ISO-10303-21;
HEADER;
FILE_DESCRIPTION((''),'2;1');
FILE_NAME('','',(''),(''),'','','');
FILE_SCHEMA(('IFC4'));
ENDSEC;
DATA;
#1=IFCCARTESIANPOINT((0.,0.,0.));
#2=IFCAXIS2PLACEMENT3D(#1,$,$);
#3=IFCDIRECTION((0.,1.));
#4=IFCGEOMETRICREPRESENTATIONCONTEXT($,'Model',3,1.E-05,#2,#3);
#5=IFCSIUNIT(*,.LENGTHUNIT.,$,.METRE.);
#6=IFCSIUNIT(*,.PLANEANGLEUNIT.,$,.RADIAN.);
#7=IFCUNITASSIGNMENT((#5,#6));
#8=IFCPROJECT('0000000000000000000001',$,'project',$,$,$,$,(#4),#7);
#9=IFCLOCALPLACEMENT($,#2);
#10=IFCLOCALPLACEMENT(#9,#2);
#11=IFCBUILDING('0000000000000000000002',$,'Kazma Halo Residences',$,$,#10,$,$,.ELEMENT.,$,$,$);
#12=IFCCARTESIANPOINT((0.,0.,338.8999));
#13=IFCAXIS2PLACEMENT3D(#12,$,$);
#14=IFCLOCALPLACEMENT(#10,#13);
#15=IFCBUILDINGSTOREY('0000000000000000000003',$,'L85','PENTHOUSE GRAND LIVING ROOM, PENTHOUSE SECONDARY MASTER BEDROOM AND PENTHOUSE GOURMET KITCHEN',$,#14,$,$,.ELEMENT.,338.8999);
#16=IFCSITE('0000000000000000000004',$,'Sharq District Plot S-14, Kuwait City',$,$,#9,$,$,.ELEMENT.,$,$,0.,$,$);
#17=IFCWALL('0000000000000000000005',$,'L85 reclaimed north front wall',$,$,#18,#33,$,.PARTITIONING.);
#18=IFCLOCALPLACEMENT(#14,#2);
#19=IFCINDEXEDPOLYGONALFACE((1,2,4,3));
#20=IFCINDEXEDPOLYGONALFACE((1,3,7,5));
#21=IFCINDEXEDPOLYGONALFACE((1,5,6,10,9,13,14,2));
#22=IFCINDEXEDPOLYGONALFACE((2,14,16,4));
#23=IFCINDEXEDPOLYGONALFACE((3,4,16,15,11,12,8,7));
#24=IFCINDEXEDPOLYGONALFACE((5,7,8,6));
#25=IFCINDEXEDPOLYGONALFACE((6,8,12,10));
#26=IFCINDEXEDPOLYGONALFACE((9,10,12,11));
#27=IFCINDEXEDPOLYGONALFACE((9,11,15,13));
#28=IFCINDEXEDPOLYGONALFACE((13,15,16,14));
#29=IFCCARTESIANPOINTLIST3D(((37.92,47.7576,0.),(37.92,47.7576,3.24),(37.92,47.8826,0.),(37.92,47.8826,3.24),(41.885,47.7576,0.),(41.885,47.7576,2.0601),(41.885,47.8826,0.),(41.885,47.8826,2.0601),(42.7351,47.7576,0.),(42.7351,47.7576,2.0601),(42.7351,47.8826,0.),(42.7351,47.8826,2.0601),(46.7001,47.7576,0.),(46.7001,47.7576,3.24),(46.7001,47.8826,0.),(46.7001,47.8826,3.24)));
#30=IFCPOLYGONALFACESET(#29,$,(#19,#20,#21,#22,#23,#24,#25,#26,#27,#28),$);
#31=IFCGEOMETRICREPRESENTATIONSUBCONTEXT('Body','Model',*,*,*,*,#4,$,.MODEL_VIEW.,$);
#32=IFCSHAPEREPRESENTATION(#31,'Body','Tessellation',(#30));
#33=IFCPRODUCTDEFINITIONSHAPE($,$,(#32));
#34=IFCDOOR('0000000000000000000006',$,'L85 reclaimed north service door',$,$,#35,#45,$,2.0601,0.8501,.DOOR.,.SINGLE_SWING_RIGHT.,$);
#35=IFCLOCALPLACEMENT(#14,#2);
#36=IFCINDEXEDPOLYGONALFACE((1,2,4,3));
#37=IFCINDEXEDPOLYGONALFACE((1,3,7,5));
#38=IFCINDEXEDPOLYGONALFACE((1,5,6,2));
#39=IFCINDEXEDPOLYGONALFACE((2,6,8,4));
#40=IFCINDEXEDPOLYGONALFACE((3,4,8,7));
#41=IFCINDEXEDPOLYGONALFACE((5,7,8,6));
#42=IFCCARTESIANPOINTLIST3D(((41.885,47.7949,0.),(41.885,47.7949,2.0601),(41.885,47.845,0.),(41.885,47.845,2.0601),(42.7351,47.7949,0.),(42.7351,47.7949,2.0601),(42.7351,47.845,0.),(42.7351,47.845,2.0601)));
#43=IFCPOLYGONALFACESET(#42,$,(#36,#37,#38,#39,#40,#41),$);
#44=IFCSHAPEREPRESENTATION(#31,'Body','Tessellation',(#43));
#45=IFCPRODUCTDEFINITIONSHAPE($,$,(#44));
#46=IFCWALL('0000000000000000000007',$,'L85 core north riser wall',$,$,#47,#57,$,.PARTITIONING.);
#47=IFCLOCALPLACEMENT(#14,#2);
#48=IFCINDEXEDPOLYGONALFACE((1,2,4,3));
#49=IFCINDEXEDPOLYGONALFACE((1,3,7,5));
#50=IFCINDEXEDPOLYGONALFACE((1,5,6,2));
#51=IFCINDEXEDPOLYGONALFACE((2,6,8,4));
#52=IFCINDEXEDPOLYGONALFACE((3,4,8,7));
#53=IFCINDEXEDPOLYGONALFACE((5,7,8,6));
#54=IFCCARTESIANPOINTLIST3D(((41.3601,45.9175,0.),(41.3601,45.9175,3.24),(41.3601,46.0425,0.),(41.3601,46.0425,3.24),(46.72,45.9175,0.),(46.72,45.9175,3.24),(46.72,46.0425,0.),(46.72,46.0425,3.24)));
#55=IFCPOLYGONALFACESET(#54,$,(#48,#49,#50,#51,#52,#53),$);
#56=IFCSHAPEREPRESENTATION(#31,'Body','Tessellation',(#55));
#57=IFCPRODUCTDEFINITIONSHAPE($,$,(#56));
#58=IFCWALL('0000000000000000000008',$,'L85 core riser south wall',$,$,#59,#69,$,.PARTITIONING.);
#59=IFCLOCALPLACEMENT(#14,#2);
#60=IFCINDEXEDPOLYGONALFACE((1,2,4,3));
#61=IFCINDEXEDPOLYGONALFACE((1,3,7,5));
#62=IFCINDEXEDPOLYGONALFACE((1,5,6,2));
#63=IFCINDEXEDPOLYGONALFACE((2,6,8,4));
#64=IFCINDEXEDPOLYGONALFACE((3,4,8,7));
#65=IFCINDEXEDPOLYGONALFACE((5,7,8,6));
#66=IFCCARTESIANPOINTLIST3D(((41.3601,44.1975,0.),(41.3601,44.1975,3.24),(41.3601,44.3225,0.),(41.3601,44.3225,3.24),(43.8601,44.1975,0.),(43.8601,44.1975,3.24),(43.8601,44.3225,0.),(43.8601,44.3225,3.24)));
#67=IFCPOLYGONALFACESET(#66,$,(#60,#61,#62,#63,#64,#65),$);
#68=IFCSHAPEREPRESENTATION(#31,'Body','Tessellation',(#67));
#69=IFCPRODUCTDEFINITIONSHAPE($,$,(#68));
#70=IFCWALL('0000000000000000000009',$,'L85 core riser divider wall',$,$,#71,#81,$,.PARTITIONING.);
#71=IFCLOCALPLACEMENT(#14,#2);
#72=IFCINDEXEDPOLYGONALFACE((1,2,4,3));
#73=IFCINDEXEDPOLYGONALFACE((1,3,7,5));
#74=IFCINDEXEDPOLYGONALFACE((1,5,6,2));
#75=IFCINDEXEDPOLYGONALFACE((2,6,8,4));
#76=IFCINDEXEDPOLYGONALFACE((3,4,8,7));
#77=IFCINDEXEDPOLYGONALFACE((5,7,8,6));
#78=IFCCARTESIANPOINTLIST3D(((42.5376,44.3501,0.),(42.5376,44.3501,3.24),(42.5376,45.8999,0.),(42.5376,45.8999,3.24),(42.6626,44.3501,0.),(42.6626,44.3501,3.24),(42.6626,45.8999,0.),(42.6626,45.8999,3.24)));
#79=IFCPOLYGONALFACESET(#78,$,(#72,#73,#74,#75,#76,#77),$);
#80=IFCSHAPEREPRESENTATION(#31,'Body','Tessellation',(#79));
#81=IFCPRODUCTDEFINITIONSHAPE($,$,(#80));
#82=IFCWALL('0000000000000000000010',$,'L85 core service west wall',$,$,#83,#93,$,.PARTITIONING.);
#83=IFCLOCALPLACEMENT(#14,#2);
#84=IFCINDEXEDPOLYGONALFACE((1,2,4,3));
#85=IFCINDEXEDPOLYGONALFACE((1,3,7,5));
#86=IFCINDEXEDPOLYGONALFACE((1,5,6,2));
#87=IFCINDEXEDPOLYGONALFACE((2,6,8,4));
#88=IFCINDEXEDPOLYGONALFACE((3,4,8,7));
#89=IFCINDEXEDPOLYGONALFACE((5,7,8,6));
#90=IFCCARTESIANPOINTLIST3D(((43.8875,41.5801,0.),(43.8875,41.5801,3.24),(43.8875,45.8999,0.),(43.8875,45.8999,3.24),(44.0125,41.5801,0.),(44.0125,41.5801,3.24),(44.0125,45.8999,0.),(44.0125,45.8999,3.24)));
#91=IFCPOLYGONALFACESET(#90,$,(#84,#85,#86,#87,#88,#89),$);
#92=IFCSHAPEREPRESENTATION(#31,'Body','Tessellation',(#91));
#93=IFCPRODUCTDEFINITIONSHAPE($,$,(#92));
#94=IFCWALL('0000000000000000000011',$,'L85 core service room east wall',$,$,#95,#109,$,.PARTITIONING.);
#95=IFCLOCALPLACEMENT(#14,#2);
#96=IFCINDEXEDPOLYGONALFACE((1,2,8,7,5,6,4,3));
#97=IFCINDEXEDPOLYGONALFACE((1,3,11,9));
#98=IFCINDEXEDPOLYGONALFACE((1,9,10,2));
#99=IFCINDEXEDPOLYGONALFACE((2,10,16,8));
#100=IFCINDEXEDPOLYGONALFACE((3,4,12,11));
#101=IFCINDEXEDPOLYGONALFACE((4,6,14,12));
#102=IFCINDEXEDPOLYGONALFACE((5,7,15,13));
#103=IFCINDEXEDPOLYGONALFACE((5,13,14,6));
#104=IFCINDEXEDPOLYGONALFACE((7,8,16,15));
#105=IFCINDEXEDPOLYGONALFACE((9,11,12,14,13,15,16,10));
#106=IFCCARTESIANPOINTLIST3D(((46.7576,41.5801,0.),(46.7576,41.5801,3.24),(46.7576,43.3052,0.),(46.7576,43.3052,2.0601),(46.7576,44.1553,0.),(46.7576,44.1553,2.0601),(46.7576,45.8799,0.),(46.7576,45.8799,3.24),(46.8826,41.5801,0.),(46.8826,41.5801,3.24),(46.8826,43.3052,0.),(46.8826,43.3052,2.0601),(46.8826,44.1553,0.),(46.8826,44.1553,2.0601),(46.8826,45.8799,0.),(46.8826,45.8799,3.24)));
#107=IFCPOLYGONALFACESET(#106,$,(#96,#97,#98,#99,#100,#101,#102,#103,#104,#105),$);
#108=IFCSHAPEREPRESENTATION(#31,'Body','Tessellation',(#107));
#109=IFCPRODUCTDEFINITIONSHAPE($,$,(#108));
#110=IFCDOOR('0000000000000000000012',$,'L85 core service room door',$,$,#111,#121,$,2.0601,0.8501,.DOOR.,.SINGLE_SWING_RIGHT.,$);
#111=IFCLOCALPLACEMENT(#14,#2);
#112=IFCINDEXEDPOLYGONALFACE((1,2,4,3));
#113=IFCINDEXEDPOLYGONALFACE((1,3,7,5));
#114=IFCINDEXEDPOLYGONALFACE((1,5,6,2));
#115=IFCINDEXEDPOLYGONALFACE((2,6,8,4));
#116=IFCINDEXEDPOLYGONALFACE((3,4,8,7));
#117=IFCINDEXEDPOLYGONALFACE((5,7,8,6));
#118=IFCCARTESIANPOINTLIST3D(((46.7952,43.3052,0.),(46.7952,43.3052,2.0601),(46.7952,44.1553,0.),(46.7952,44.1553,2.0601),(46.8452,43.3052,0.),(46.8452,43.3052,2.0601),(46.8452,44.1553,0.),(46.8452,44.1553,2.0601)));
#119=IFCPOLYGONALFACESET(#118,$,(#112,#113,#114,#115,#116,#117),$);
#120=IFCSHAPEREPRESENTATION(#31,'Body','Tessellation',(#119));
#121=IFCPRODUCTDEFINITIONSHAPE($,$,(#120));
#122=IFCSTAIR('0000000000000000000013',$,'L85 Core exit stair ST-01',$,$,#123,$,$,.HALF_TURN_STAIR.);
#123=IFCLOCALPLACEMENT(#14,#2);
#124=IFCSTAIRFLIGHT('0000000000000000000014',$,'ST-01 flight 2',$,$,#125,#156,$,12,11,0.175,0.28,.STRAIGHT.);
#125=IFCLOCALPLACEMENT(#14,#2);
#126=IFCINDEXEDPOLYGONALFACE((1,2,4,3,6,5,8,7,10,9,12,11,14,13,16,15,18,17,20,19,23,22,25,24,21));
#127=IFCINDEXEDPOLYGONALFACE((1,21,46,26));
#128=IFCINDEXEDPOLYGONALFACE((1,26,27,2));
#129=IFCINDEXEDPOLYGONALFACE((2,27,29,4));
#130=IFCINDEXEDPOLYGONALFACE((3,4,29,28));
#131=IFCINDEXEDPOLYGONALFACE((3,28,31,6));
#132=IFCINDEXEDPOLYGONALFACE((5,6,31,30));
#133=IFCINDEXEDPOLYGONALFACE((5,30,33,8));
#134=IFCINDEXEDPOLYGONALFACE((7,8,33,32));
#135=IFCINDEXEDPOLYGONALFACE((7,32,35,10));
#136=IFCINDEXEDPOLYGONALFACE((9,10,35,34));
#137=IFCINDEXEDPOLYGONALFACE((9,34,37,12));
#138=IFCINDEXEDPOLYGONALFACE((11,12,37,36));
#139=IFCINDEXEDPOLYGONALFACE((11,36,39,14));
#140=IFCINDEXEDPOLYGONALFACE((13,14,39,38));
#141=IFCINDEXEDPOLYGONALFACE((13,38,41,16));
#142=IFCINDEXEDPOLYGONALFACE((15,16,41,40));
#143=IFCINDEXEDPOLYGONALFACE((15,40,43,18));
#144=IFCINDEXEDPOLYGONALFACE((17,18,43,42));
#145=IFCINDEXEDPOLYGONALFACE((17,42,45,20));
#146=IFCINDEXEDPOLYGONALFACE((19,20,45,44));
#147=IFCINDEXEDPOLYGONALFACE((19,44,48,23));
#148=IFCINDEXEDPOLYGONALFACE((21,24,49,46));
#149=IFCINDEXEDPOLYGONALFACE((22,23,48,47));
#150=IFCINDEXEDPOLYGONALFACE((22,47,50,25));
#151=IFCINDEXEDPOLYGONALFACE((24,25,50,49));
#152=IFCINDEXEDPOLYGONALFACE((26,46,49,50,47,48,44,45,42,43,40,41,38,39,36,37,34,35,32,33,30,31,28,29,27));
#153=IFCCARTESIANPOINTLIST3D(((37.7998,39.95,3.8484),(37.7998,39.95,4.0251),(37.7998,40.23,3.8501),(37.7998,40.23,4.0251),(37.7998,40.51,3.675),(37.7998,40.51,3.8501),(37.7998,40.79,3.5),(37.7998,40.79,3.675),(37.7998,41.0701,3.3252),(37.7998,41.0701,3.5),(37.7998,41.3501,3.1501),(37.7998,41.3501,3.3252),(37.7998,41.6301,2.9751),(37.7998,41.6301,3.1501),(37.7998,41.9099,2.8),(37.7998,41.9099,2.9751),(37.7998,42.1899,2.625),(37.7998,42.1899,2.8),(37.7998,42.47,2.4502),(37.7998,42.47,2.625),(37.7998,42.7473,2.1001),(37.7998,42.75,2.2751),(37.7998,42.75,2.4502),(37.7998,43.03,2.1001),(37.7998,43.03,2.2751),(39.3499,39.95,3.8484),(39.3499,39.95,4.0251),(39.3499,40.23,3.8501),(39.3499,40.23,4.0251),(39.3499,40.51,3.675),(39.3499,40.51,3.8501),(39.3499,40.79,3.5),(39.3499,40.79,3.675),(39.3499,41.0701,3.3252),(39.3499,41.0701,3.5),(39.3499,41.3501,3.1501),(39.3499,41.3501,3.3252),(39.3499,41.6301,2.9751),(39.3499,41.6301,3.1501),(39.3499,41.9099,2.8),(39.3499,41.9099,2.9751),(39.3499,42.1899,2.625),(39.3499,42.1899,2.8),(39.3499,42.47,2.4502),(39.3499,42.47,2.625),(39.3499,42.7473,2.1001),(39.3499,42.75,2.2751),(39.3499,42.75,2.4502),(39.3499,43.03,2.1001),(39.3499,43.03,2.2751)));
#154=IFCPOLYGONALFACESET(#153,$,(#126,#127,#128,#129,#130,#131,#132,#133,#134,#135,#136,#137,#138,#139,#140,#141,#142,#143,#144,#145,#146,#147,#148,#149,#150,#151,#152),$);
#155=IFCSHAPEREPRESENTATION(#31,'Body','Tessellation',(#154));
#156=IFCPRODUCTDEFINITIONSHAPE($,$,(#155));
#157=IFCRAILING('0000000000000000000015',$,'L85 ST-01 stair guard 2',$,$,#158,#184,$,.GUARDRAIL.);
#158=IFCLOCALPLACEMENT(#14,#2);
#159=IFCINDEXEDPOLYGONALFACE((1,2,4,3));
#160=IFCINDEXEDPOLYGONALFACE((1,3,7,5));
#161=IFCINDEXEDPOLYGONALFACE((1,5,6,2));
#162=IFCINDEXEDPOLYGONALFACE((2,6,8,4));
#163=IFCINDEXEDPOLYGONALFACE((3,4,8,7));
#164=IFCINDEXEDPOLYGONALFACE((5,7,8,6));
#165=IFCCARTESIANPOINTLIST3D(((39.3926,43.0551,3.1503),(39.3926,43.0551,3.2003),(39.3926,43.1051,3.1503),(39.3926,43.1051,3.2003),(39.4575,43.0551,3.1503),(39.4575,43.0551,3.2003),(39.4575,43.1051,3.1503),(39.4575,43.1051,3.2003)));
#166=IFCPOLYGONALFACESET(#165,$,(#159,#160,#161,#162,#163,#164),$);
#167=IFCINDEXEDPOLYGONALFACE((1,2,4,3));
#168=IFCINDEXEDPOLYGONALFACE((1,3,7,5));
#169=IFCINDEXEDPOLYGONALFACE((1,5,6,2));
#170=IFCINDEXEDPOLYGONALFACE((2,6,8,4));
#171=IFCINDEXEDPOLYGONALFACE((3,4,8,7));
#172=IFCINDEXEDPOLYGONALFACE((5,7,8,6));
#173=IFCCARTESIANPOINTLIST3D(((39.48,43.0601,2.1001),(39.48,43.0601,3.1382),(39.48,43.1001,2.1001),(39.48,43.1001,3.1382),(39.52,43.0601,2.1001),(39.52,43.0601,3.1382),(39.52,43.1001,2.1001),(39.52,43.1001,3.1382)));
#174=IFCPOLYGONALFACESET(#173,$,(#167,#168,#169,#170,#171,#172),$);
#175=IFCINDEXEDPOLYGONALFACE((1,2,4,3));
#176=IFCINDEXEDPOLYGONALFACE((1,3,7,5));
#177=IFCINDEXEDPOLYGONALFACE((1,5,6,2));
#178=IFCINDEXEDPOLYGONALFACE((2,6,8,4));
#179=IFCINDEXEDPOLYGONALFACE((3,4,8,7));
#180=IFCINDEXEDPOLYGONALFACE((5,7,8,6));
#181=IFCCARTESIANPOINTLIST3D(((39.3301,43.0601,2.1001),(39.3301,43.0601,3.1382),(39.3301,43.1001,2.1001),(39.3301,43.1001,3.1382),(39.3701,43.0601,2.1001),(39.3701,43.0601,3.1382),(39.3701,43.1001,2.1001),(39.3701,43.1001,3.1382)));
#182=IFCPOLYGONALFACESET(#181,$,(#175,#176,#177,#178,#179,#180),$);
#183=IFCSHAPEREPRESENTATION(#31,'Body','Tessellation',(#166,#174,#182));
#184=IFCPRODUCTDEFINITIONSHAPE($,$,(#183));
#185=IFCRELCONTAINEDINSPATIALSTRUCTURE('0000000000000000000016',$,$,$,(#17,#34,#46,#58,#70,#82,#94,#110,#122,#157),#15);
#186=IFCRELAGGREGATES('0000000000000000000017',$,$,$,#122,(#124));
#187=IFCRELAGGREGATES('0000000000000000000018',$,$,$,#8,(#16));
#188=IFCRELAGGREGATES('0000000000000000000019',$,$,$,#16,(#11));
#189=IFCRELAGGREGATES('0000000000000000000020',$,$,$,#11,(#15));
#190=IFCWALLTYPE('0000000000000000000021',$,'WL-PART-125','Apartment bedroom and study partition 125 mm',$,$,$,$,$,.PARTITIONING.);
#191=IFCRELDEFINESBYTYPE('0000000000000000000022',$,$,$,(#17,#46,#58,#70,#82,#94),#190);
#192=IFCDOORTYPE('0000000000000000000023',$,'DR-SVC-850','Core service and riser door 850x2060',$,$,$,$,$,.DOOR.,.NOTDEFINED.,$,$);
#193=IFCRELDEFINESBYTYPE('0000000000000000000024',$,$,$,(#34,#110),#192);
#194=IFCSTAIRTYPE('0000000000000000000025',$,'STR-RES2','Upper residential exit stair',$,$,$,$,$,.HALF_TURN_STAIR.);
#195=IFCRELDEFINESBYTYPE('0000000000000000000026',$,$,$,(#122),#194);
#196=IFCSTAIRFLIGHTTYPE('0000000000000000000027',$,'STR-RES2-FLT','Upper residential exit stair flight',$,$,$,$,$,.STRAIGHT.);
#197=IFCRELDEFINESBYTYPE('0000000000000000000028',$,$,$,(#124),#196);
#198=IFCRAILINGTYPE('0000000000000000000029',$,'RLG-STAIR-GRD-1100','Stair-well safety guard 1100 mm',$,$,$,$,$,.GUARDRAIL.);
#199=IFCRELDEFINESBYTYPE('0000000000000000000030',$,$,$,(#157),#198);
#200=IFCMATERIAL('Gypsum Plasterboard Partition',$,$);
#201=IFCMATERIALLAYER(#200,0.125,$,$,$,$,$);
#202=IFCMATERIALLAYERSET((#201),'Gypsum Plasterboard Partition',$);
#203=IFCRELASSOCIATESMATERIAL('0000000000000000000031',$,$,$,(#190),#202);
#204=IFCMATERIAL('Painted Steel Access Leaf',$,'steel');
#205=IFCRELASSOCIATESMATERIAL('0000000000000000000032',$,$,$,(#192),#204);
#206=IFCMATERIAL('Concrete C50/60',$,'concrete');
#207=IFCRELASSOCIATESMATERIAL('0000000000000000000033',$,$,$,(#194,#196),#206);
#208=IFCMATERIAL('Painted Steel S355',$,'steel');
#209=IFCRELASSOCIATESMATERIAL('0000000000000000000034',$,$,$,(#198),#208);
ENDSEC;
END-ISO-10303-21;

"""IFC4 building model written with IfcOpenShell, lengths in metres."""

from ifc_helpers import new_model, si_unit, direction, frame, frame_2d, origin, origin_2d, place, context, subcontext, project, spatial, polyline, rectangle, outline, extrude, material, layer, layer_set, type_object, element, fill, aggregate, save


model = new_model("IFC4")

# Units and contexts
model_context = context("Model", 3, precision=1e-05, world=origin(), true_north=direction((0.0, 1.0)))
body_context = subcontext(model_context, "Body", "Model", "MODEL_VIEW")
ifc_project = project(units=[si_unit("LENGTHUNIT", "METRE"), si_unit("PLANEANGLEUNIT", "RADIAN")], contexts=[model_context])

# Site, building, storey
site_placement = place(None, origin())
site = spatial("IfcSite", under=ifc_project, at=site_placement, Name="Sharq District Plot S-14, Kuwait City", CompositionType="ELEMENT", RefElevation=0.0)
building_placement = place(site_placement, origin())
building = spatial("IfcBuilding", under=site, at=building_placement, Name="Kazma Halo Residences", CompositionType="ELEMENT")
storey_placement = place(building_placement, frame((0.0, 0.0, 338.8999)))
storey = spatial("IfcBuildingStorey", under=building, at=storey_placement, Name="L85", Description="PENTHOUSE GRAND LIVING ROOM, PENTHOUSE SECONDARY MASTER BEDROOM AND PENTHOUSE GOURMET KITCHEN", CompositionType="ELEMENT", Elevation=338.8999)

# Wall, opening, door
ifc_material_1 = material(Name="Gypsum Plasterboard Partition")
ifc_layer_1 = layer(ifc_material_1, 0.125)
ifc_layer_set_1 = layer_set([ifc_layer_1], Name="Gypsum Plasterboard Partition")
wall_type_1 = type_object("IfcWallType", Name="WL-PART-125", Description="Apartment bedroom and study partition 125 mm", PredefinedType="PARTITIONING", material=ifc_layer_set_1)
wall_1_placement = place(storey_placement, frame((37.9199, 47.8201, 0.0), z_axis=(0.0, 0.0, 1.0), x_axis=(1.0, 0.0, 0.0)))
wall_1 = element("IfcWall", 1, at=wall_1_placement, inside=storey, type_object=wall_type_1, Name="L85 reclaimed north front wall", PredefinedType="PARTITIONING", context=body_context, shape_type="SweptSolid", body=[
    extrude(rectangle(XDim=8.78, YDim=0.125, at=frame_2d((4.3901, 0.0))), origin(), (0.0, 0.0, 1.0), 3.24),
])
opening_1_placement = place(wall_1_placement, frame((3.9651, 0.0, 0.0)))
opening_1 = element("IfcOpeningElement", 2, at=opening_1_placement, cuts=wall_1, PredefinedType="OPENING", context=body_context, shape_type="SweptSolid", body=[
    extrude(rectangle(XDim=0.8501, YDim=2.0601, at=frame_2d((0.425, 1.03))), frame((0.0, 0.0725, 0.0), z_axis=(0.0, -1.0, 0.0), x_axis=(1.0, 0.0, 0.0)), (0.0, 0.0, 1.0), 0.145),
])
ifc_material_2 = material(Name="Painted Steel Access Leaf", Category="steel")
door_type_1 = type_object("IfcDoorType", Name="DR-SVC-850", Description="Core service and riser door 850x2060", OperationType="NOTDEFINED", PredefinedType="DOOR", material=ifc_material_2)
door_1_placement = place(opening_1_placement, origin())
door_1 = element("IfcDoor", 3, at=door_1_placement, inside=storey, type_object=door_type_1, Name="L85 reclaimed north service door", OperationType="SINGLE_SWING_RIGHT", OverallHeight=2.0601, OverallWidth=0.8501, PredefinedType="DOOR", context=body_context, shape_type="SweptSolid", body=[
    extrude(rectangle(XDim=0.8501, YDim=2.0601, at=frame_2d((0.425, 1.03))), frame((0.0, 0.0249, 0.0), z_axis=(0.0, -1.0, 0.0), x_axis=(1.0, 0.0, 0.0)), (0.0, 0.0, 1.0), 0.05),
])
fill(opening_1, door_1)

# Walls
wall_2_placement = place(storey_placement, frame((41.3601, 45.98, 0.0), z_axis=(0.0, 0.0, 1.0), x_axis=(1.0, 0.0, 0.0)))
element("IfcWall", 4, at=wall_2_placement, inside=storey, type_object=wall_type_1, Name="L85 core north riser wall", PredefinedType="PARTITIONING", context=body_context, shape_type="SweptSolid", body=[
    extrude(rectangle(XDim=5.3599, YDim=0.125, at=frame_2d((2.6799, 0.0))), origin(), (0.0, 0.0, 1.0), 3.24),
])
wall_3_placement = place(storey_placement, frame((41.3601, 44.26, 0.0), z_axis=(0.0, 0.0, 1.0), x_axis=(1.0, 0.0, 0.0)))
element("IfcWall", 5, at=wall_3_placement, inside=storey, type_object=wall_type_1, Name="L85 core riser south wall", PredefinedType="PARTITIONING", context=body_context, shape_type="SweptSolid", body=[
    extrude(rectangle(XDim=2.5, YDim=0.125, at=frame_2d((1.25, 0.0))), origin(), (0.0, 0.0, 1.0), 3.24),
])
wall_4_placement = place(storey_placement, frame((42.6001, 44.3501, 0.0), z_axis=(0.0, 0.0, 1.0), x_axis=(0.0, 1.0, 0.0)))
element("IfcWall", 6, at=wall_4_placement, inside=storey, type_object=wall_type_1, Name="L85 core riser divider wall", PredefinedType="PARTITIONING", context=body_context, shape_type="SweptSolid", body=[
    extrude(rectangle(XDim=1.5498, YDim=0.125, at=frame_2d((0.7749, 0.0))), origin(), (0.0, 0.0, 1.0), 3.24),
])
wall_5_placement = place(storey_placement, frame((43.95, 41.5801, 0.0), z_axis=(0.0, 0.0, 1.0), x_axis=(0.0, 1.0, 0.0)))
element("IfcWall", 7, at=wall_5_placement, inside=storey, type_object=wall_type_1, Name="L85 core service west wall", PredefinedType="PARTITIONING", context=body_context, shape_type="SweptSolid", body=[
    extrude(rectangle(XDim=4.3198, YDim=0.125, at=frame_2d((2.1599, 0.0))), origin(), (0.0, 0.0, 1.0), 3.24),
])

# Wall, opening, door
wall_6_placement = place(storey_placement, frame((46.8201, 41.5801, 0.0), z_axis=(0.0, 0.0, 1.0), x_axis=(0.0, 1.0, 0.0)))
wall_6 = element("IfcWall", 8, at=wall_6_placement, inside=storey, type_object=wall_type_1, Name="L85 core service room east wall", PredefinedType="PARTITIONING", context=body_context, shape_type="SweptSolid", body=[
    extrude(rectangle(XDim=4.2998, YDim=0.125, at=frame_2d((2.1499, 0.0))), origin(), (0.0, 0.0, 1.0), 3.24),
])
opening_2_placement = place(wall_6_placement, frame((1.7251, 0.0, 0.0)))
opening_2 = element("IfcOpeningElement", 9, at=opening_2_placement, cuts=wall_6, PredefinedType="OPENING", context=body_context, shape_type="SweptSolid", body=[
    extrude(rectangle(XDim=0.8501, YDim=2.0601, at=frame_2d((0.425, 1.03))), frame((0.0, 0.0725, 0.0), z_axis=(0.0, -1.0, 0.0), x_axis=(1.0, 0.0, 0.0)), (0.0, 0.0, 1.0), 0.145),
])
door_2_placement = place(opening_2_placement, origin())
door_2 = element("IfcDoor", 10, at=door_2_placement, inside=storey, type_object=door_type_1, Name="L85 core service room door", OperationType="SINGLE_SWING_RIGHT", OverallHeight=2.0601, OverallWidth=0.8501, PredefinedType="DOOR", context=body_context, shape_type="SweptSolid", body=[
    extrude(rectangle(XDim=0.8501, YDim=2.0601, at=frame_2d((0.425, 1.03))), frame((0.0, 0.0249, 0.0), z_axis=(0.0, -1.0, 0.0), x_axis=(1.0, 0.0, 0.0)), (0.0, 0.0, 1.0), 0.05),
])
fill(opening_2, door_2)

# Stair, stair flight
ifc_material_3 = material(Name="Concrete C50/60", Category="concrete")
stair_type = type_object("IfcStairType", Name="STR-RES2", Description="Upper residential exit stair", PredefinedType="HALF_TURN_STAIR", material=ifc_material_3)
stair_placement = place(storey_placement, origin())
stair = element("IfcStair", 11, at=stair_placement, inside=storey, type_object=stair_type, Name="L85 Core exit stair ST-01", PredefinedType="HALF_TURN_STAIR")
stair_flight_type = type_object("IfcStairFlightType", Name="STR-RES2-FLT", Description="Upper residential exit stair flight", PredefinedType="STRAIGHT", material=ifc_material_3)
stair_flight_placement = place(storey_placement, frame((38.575, 43.03, 2.1001), z_axis=(0.0, 0.0, 1.0), x_axis=(0.0, -1.0, 0.0)))
stair_flight = element("IfcStairFlight", 12, at=stair_flight_placement, type_object=stair_flight_type, Name="ST-01 flight 2", NumberOfRisers=12, NumberOfTreads=11, PredefinedType="STRAIGHT", RiserHeight=0.175, TreadLength=0.28, context=body_context, shape_type="SweptSolid", body=[
    extrude(outline(polyline([(0.0, 0.0), (0.0, 0.175), (0.28, 0.175), (0.28, 0.3501), (0.5601, 0.3501), (0.5601, 0.5249), (0.8401, 0.5249), (0.8401, 0.7), (1.1201, 0.7), (1.1201, 0.875), (1.3999, 0.875), (1.3999, 1.05), (1.6799, 1.05), (1.6799, 1.2251), (1.96, 1.2251), (1.96, 1.3999), (2.24, 1.3999), (2.24, 1.575), (2.52, 1.575), (2.52, 1.75), (2.8, 1.75), (2.8, 1.925), (3.0801, 1.925), (3.0801, 2.1001), (3.0801, 1.7483), (0.2827, 0.0), (0.0, 0.0)])), frame((0.0, 0.7749, 0.0), z_axis=(0.0, -1.0, 0.0), x_axis=(1.0, 0.0, 0.0)), (0.0, 0.0, 1.0), 1.55),
])
aggregate(stair, [stair_flight])

# Railing
ifc_material_4 = material(Name="Painted Steel S355", Category="steel")
railing_type_1 = type_object("IfcRailingType", Name="RLG-STAIR-GRD-1100", Description="Stair-well safety guard 1100 mm", PredefinedType="GUARDRAIL", material=ifc_material_4)
railing_1_placement = place(storey_placement, frame((39.5, 43.0801, 2.1001)))
element("IfcRailing", 13, at=railing_1_placement, inside=storey, type_object=railing_type_1, Name="L85 ST-01 stair guard 2", PredefinedType="GUARDRAIL", context=body_context, shape_type="SweptSolid", body=[
    extrude(rectangle(XDim=0.05, YDim=0.05, at=origin_2d()), frame((-0.0425, 0.0, 1.0752), z_axis=(-1.0, 0.0, 0.0), x_axis=(0.0, -1.0, 0.0)), (0.0, 0.0, 1.0), 0.0649),
    extrude(rectangle(XDim=0.04, YDim=0.04, at=origin_2d()), origin(), (0.0, 0.0, 1.0), 1.0381),
    extrude(rectangle(XDim=0.04, YDim=0.04, at=origin_2d()), frame((-0.1499, 0.0, 0.0)), (0.0, 0.0, 1.0), 1.0381),
])

save(model, "model.ifc")
